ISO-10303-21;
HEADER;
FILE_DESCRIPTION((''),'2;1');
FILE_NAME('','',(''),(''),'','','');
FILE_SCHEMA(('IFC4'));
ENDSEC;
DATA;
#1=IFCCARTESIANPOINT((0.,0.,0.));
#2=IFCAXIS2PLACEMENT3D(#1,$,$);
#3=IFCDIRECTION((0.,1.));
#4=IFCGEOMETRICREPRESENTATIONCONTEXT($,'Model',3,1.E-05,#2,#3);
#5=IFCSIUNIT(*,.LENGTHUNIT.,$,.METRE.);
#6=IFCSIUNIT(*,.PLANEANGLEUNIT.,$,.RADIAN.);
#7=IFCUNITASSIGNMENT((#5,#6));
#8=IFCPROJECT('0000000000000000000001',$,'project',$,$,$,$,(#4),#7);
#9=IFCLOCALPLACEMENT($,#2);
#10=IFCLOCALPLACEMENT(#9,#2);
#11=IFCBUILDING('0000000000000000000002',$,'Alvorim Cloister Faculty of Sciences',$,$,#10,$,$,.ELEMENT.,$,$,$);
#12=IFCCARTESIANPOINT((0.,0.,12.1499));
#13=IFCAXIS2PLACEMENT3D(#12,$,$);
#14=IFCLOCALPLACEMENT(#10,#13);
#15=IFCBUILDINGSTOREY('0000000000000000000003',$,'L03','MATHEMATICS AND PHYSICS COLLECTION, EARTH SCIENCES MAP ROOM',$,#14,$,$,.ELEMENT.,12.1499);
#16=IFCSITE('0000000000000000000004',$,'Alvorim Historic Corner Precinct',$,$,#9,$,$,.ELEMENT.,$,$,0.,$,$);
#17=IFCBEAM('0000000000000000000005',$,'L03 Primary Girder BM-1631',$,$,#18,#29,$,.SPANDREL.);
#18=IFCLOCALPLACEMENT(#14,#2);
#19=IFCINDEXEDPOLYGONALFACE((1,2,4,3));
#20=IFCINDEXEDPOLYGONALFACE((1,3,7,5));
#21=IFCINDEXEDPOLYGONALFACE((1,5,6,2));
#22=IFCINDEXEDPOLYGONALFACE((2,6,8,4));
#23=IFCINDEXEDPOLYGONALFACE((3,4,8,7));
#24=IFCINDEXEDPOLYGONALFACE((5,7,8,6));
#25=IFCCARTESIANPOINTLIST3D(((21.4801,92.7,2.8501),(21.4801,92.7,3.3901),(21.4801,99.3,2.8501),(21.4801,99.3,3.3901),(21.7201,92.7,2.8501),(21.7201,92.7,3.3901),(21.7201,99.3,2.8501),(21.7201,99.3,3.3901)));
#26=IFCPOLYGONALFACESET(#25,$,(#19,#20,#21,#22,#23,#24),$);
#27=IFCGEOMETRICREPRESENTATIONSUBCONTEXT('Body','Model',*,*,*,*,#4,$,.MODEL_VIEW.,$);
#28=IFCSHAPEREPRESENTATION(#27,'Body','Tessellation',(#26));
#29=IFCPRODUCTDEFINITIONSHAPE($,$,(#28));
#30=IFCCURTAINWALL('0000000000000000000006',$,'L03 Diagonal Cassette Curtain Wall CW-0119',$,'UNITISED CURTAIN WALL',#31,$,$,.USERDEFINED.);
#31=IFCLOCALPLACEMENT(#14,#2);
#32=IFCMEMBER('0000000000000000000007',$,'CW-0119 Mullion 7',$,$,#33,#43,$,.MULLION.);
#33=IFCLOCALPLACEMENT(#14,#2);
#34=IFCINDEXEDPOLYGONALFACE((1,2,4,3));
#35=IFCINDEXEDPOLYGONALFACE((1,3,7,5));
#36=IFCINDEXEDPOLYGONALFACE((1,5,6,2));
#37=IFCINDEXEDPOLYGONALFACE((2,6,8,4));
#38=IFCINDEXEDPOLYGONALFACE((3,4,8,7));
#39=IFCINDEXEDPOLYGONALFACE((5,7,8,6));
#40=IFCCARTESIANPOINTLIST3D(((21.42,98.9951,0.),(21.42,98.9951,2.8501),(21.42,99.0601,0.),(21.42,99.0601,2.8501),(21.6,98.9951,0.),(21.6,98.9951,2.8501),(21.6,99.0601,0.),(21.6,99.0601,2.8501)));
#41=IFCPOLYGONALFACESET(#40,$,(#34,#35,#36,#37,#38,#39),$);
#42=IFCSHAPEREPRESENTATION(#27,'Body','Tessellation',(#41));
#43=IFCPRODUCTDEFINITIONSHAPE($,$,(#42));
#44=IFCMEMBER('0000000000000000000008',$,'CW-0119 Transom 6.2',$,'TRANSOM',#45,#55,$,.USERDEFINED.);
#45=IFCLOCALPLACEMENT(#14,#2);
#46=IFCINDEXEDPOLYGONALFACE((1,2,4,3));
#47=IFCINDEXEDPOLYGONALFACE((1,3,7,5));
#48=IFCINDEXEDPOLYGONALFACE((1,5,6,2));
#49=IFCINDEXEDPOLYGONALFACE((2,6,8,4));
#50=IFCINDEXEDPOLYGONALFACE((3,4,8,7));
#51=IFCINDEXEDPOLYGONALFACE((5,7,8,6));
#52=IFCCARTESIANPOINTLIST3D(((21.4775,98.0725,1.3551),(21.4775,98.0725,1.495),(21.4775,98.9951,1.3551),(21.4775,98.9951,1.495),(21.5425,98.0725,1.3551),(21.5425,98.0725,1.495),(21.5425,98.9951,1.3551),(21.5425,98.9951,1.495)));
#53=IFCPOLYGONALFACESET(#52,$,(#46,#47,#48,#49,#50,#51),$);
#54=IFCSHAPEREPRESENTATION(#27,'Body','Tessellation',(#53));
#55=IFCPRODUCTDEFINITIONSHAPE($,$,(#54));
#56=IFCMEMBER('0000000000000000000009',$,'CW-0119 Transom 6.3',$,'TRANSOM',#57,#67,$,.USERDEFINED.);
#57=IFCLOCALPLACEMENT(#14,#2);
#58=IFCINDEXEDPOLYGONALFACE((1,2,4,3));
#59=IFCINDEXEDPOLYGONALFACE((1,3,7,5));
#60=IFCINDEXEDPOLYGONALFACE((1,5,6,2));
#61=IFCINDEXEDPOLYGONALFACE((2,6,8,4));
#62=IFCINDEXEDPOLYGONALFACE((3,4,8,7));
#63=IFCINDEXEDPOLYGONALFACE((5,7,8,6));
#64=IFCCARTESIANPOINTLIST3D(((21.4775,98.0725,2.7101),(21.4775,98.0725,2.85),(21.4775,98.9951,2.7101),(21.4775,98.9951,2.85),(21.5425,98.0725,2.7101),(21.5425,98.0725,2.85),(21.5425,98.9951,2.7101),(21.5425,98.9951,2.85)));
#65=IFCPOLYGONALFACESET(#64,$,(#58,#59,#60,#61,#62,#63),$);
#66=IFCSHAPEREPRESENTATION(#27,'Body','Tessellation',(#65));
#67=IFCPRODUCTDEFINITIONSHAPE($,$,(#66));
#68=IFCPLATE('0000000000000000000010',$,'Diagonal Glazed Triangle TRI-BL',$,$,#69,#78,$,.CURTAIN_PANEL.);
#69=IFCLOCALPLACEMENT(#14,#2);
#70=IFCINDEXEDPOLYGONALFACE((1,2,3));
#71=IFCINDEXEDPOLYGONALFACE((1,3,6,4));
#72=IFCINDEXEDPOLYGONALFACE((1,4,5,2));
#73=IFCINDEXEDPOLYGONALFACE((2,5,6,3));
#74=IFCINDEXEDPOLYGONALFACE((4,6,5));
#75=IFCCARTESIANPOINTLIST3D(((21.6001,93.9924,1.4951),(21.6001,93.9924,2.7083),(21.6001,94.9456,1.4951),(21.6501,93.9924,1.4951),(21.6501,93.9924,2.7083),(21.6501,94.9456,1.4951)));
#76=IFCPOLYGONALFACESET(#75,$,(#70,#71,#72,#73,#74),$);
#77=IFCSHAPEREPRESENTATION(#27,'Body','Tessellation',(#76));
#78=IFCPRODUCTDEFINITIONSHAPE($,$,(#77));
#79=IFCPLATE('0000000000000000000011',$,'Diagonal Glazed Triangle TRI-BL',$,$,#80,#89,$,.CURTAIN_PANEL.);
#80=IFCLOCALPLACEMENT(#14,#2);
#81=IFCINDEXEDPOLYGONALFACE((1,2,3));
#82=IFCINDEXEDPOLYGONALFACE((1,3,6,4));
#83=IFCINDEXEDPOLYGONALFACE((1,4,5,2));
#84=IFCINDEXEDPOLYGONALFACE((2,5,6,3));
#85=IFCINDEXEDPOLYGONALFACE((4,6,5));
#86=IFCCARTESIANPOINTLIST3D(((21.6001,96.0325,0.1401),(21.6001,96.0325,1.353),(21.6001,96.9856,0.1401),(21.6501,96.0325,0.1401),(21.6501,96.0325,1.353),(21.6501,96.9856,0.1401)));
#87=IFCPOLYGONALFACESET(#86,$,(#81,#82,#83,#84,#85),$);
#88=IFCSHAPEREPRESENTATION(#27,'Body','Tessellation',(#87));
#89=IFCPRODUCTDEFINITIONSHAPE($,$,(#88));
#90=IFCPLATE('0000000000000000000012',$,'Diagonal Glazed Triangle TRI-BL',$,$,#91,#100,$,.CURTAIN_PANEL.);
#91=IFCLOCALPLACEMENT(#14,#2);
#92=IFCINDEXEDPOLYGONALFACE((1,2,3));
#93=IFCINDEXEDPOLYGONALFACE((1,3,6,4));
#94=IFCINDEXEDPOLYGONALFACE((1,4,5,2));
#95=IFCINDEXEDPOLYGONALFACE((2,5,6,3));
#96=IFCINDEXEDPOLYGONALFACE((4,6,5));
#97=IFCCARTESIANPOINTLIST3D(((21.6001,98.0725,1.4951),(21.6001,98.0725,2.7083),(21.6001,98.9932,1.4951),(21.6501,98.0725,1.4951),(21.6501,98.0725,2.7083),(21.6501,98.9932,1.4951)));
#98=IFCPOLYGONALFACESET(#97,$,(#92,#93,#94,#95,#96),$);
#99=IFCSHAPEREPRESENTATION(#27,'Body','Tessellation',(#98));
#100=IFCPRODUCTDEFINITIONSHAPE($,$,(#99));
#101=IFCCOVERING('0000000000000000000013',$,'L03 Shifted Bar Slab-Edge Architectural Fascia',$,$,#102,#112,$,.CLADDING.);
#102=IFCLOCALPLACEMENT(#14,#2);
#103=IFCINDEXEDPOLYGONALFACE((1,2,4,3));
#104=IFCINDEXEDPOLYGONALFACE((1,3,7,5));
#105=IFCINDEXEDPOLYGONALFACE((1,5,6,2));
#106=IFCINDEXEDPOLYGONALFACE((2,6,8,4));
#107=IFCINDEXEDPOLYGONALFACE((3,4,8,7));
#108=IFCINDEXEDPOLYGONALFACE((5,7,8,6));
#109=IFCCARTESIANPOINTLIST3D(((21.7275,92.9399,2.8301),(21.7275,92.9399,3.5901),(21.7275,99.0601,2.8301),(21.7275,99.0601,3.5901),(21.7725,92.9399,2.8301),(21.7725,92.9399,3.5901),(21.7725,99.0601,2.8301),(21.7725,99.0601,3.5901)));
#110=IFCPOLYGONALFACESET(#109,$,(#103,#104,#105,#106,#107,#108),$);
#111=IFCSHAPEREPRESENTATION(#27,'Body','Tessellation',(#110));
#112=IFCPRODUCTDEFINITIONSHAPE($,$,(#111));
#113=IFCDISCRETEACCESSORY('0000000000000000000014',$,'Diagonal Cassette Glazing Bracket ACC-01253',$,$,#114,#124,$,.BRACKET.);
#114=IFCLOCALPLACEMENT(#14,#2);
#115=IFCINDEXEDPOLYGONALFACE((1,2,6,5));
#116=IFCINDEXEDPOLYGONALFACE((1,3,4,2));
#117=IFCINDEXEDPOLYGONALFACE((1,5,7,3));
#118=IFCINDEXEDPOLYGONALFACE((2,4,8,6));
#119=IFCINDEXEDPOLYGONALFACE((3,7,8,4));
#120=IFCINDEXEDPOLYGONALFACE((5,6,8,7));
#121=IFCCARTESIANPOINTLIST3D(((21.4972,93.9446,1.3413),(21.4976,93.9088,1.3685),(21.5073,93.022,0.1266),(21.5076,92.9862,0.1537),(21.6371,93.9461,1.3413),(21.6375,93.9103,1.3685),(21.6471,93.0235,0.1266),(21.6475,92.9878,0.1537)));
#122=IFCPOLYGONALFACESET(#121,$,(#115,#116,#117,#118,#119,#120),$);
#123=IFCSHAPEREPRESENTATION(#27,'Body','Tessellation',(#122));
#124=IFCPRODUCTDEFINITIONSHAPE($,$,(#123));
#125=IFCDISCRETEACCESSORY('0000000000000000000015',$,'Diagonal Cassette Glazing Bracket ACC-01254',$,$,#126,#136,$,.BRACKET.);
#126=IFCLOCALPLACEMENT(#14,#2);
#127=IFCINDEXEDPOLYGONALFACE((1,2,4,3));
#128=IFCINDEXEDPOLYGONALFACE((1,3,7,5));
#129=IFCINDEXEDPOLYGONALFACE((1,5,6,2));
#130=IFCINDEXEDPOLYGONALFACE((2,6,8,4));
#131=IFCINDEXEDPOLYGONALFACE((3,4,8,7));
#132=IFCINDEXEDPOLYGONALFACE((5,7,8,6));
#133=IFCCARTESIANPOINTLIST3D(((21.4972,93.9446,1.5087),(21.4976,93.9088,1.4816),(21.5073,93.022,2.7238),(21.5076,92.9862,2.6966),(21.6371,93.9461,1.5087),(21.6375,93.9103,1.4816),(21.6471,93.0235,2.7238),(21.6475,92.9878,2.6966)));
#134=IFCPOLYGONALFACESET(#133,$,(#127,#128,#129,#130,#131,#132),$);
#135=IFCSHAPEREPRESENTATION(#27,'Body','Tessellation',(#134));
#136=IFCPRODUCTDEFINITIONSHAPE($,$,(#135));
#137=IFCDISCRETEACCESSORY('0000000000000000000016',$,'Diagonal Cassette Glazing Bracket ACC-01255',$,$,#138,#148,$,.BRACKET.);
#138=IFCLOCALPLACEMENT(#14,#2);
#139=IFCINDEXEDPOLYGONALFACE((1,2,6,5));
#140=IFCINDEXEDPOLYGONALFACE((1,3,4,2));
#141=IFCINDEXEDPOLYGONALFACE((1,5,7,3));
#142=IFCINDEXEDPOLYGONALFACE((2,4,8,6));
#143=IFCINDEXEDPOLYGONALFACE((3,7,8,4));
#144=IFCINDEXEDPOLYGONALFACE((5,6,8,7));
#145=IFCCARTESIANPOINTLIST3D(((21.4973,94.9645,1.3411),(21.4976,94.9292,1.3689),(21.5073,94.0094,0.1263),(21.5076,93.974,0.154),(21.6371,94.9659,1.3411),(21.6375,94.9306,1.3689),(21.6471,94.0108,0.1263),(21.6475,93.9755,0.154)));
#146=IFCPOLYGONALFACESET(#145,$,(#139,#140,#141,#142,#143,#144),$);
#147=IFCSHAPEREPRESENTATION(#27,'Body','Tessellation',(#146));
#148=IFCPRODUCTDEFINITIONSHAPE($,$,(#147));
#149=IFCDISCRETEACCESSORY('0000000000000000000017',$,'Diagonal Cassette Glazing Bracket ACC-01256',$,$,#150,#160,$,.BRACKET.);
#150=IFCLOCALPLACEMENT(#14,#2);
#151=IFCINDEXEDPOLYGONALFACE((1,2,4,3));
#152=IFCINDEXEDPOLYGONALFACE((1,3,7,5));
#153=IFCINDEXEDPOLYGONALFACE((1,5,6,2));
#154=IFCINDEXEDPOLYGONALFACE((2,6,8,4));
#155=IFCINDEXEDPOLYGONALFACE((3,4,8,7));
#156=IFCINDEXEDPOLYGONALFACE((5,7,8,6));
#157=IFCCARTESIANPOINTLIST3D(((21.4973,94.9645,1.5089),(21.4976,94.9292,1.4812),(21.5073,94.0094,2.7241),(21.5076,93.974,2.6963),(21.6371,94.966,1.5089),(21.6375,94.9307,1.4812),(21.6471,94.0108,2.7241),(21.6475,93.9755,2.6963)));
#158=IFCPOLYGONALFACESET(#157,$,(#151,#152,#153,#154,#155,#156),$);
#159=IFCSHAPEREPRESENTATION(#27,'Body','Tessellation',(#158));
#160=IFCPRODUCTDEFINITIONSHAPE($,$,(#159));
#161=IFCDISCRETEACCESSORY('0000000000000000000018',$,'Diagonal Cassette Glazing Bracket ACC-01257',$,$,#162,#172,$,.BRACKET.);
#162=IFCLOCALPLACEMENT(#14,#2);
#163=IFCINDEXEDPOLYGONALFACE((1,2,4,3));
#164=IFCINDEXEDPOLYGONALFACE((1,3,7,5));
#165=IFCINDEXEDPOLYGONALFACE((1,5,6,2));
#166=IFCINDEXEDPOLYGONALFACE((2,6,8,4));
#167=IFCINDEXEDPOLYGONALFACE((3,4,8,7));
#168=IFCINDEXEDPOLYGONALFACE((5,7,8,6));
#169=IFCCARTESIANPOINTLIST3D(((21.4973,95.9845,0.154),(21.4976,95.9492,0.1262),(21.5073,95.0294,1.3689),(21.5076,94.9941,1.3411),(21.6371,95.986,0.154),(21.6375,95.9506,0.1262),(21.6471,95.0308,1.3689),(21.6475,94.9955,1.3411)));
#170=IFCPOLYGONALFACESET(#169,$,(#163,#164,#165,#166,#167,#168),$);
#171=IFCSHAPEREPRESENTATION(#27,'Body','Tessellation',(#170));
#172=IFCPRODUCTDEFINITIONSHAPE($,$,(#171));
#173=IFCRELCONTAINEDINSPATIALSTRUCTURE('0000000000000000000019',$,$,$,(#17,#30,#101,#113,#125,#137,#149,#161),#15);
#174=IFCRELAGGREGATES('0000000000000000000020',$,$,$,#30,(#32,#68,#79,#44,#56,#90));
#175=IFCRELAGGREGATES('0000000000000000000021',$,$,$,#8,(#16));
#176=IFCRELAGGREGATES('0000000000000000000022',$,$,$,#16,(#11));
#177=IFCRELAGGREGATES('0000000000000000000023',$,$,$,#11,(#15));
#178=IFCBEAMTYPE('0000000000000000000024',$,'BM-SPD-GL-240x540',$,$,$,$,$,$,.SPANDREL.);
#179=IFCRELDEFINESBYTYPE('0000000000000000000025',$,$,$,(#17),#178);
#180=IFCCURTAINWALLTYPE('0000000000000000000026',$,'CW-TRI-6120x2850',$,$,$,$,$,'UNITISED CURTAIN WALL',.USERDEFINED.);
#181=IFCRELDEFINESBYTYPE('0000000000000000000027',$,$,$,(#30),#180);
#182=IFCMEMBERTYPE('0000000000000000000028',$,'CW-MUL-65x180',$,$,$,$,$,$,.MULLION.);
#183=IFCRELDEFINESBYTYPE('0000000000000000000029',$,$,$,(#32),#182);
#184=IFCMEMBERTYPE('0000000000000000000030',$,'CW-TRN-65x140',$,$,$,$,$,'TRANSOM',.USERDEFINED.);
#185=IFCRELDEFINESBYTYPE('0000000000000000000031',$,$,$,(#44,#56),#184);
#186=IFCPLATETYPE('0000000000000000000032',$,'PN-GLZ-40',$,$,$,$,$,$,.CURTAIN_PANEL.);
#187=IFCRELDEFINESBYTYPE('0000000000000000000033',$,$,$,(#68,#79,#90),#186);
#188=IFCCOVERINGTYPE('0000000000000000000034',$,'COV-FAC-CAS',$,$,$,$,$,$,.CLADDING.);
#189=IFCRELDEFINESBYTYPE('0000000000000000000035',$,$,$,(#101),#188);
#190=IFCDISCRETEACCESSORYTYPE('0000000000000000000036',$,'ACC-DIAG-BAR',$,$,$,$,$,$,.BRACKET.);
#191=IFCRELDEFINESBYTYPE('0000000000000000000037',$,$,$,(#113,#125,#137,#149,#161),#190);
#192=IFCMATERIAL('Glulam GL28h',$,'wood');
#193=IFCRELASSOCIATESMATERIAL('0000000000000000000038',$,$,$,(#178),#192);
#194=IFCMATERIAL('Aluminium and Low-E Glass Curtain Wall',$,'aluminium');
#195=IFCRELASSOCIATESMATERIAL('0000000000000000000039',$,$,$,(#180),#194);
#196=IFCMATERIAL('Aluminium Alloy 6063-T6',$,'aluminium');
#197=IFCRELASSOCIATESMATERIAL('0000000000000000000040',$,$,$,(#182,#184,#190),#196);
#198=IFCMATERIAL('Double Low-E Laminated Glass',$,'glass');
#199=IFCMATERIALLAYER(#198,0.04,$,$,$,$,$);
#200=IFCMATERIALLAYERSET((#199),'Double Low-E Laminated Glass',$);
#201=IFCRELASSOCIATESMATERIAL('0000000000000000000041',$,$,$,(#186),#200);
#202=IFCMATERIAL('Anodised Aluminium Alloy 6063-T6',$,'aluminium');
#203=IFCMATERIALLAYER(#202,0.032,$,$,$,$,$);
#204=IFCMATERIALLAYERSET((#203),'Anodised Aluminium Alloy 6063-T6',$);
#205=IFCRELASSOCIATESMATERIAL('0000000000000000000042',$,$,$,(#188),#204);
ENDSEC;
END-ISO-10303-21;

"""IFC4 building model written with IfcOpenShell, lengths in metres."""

from ifc_helpers import new_model, si_unit, direction, frame, origin, origin_2d, place, context, subcontext, project, spatial, polyline, rectangle, outline, extrude, material, layer, layer_set, material_profile, profile_set, type_object, element, aggregate, save


model = new_model("IFC4")

# Units and contexts
model_context = context("Model", 3, precision=1e-05, world=origin(), true_north=direction((0.0, 1.0)))
body_context = subcontext(model_context, "Body", "Model", "MODEL_VIEW")
ifc_project = project(units=[si_unit("LENGTHUNIT", "METRE"), si_unit("PLANEANGLEUNIT", "RADIAN")], contexts=[model_context])

# Site, building, storey
site_placement = place(None, origin())
site = spatial("IfcSite", under=ifc_project, at=site_placement, Name="Alvorim Historic Corner Precinct", CompositionType="ELEMENT", RefElevation=0.0)
building_placement = place(site_placement, origin())
building = spatial("IfcBuilding", under=site, at=building_placement, Name="Alvorim Cloister Faculty of Sciences", CompositionType="ELEMENT")
storey_placement = place(building_placement, frame((0.0, 0.0, 12.1499)))
storey = spatial("IfcBuildingStorey", under=building, at=storey_placement, Name="L03", Description="MATHEMATICS AND PHYSICS COLLECTION, EARTH SCIENCES MAP ROOM", CompositionType="ELEMENT", Elevation=12.1499)

# Beam
ifc_material_1 = material(Name="Glulam GL28h", Category="wood")
ifc_material_profile_1 = material_profile(ifc_material_1, rectangle(XDim=0.24, YDim=0.54, at=origin_2d()), Name="GL28-SPD-240x540")
ifc_profile_set_1 = profile_set([ifc_material_profile_1], Name="Glulam GL28h")
beam_type = type_object("IfcBeamType", Name="BM-SPD-GL-240x540", PredefinedType="SPANDREL", material=ifc_profile_set_1)
beam_placement = place(storey_placement, frame((21.6001, 92.7, 3.1201), z_axis=(0.0, 1.0, 0.0), x_axis=(-1.0, 0.0, 0.0)))
element("IfcBeam", 1, at=beam_placement, inside=storey, type_object=beam_type, Name="L03 Primary Girder BM-1631", PredefinedType="SPANDREL", context=body_context, shape_type="SweptSolid", body=[
    extrude(rectangle(XDim=0.24, YDim=0.54, at=origin_2d()), origin(), (0.0, 0.0, 1.0), 6.6001),
])

# Curtain wall, members, plates
ifc_material_2 = material(Name="Aluminium and Low-E Glass Curtain Wall", Category="aluminium")
curtain_wall_type = type_object("IfcCurtainWallType", Name="CW-TRI-6120x2850", ElementType="UNITISED CURTAIN WALL", PredefinedType="USERDEFINED", material=ifc_material_2)
curtain_wall_placement = place(storey_placement, origin())
curtain_wall = element("IfcCurtainWall", 2, at=curtain_wall_placement, inside=storey, type_object=curtain_wall_type, Name="L03 Diagonal Cassette Curtain Wall CW-0119", ObjectType="UNITISED CURTAIN WALL", PredefinedType="USERDEFINED")
ifc_material_3 = material(Name="Aluminium Alloy 6063-T6", Category="aluminium")
ifc_material_profile_2 = material_profile(ifc_material_3, rectangle(XDim=0.0649, YDim=0.1799, at=origin_2d()), Name="ALU-MUL-65x180")
ifc_profile_set_2 = profile_set([ifc_material_profile_2], Name="Aluminium Alloy 6063-T6")
member_type_1 = type_object("IfcMemberType", Name="CW-MUL-65x180", PredefinedType="MULLION", material=ifc_profile_set_2)
member_1_placement = place(storey_placement, frame((21.51, 99.0276, 0.0), z_axis=(0.0, 0.0, 1.0), x_axis=(0.0, 1.0, 0.0)))
member_1 = element("IfcMember", 3, at=member_1_placement, type_object=member_type_1, Name="CW-0119 Mullion 7", PredefinedType="MULLION", context=body_context, shape_type="SweptSolid", body=[
    extrude(rectangle(XDim=0.0649, YDim=0.1799, at=origin_2d()), origin(), (0.0, 0.0, 1.0), 2.8501),
])
ifc_material_profile_3 = material_profile(ifc_material_3, rectangle(XDim=0.0649, YDim=0.1399, at=origin_2d()), Name="ALU-TRN-65x140")
ifc_profile_set_3 = profile_set([ifc_material_profile_3], Name="Aluminium Alloy 6063-T6")
member_type_2 = type_object("IfcMemberType", Name="CW-TRN-65x140", ElementType="TRANSOM", PredefinedType="USERDEFINED", material=ifc_profile_set_3)
member_2_placement = place(storey_placement, frame((21.51, 98.0725, 1.425), z_axis=(0.0, 1.0, 0.0), x_axis=(-1.0, 0.0, 0.0)))
member_2 = element("IfcMember", 4, at=member_2_placement, type_object=member_type_2, Name="CW-0119 Transom 6.2", ObjectType="TRANSOM", PredefinedType="USERDEFINED", context=body_context, shape_type="SweptSolid", body=[
    extrude(rectangle(XDim=0.0649, YDim=0.1399, at=origin_2d()), origin(), (0.0, 0.0, 1.0), 0.9226),
])
member_3_placement = place(storey_placement, frame((21.51, 98.0725, 2.78), z_axis=(0.0, 1.0, 0.0), x_axis=(-1.0, 0.0, 0.0)))
member_3 = element("IfcMember", 5, at=member_3_placement, type_object=member_type_2, Name="CW-0119 Transom 6.3", ObjectType="TRANSOM", PredefinedType="USERDEFINED", context=body_context, shape_type="SweptSolid", body=[
    extrude(rectangle(XDim=0.0649, YDim=0.1399, at=origin_2d()), origin(), (0.0, 0.0, 1.0), 0.9226),
])
ifc_material_4 = material(Name="Double Low-E Laminated Glass", Category="glass")
ifc_layer_1 = layer(ifc_material_4, 0.04)
ifc_layer_set_1 = layer_set([ifc_layer_1], Name="Double Low-E Laminated Glass")
plate_type = type_object("IfcPlateType", Name="PN-GLZ-40", PredefinedType="CURTAIN_PANEL", material=ifc_layer_set_1)
plate_1_placement = place(storey_placement, frame((21.625, 93.9924, 1.4951), z_axis=(0.0, 0.0, 1.0), x_axis=(0.0, 1.0, 0.0)))
plate_1 = element("IfcPlate", 6, at=plate_1_placement, type_object=plate_type, Name="Diagonal Glazed Triangle TRI-BL", PredefinedType="CURTAIN_PANEL", context=body_context, shape_type="SweptSolid", body=[
    extrude(outline(polyline([(0.0, 0.0), (0.9531, 0.0), (0.0, 1.2131), (0.0, 0.0)])), frame((0.0, 0.0249, 0.0), z_axis=(0.0, -1.0, 0.0), x_axis=(1.0, 0.0, 0.0)), (0.0, 0.0, 1.0), 0.05),
])
plate_2_placement = place(storey_placement, frame((21.625, 96.0325, 0.1401), z_axis=(0.0, 0.0, 1.0), x_axis=(0.0, 1.0, 0.0)))
plate_2 = element("IfcPlate", 7, at=plate_2_placement, type_object=plate_type, Name="Diagonal Glazed Triangle TRI-BL", PredefinedType="CURTAIN_PANEL", context=body_context, shape_type="SweptSolid", body=[
    extrude(outline(polyline([(0.0, 0.0), (0.9531, 0.0), (0.0, 1.2129), (0.0, 0.0)])), frame((0.0, 0.0249, 0.0), z_axis=(0.0, -1.0, 0.0), x_axis=(1.0, 0.0, 0.0)), (0.0, 0.0, 1.0), 0.05),
])
plate_3_placement = place(storey_placement, frame((21.625, 98.0725, 1.4951), z_axis=(0.0, 0.0, 1.0), x_axis=(0.0, 1.0, 0.0)))
plate_3 = element("IfcPlate", 8, at=plate_3_placement, type_object=plate_type, Name="Diagonal Glazed Triangle TRI-BL", PredefinedType="CURTAIN_PANEL", context=body_context, shape_type="SweptSolid", body=[
    extrude(outline(polyline([(0.0, 0.0), (0.9207, 0.0), (0.0, 1.2131), (0.0, 0.0)])), frame((0.0, 0.0249, 0.0), z_axis=(0.0, -1.0, 0.0), x_axis=(1.0, 0.0, 0.0)), (0.0, 0.0, 1.0), 0.05),
])
aggregate(curtain_wall, [member_1, plate_1, plate_2, member_2, member_3, plate_3])

# Covering
ifc_material_5 = material(Name="Anodised Aluminium Alloy 6063-T6", Category="aluminium")
ifc_layer_2 = layer(ifc_material_5, 0.032)
ifc_layer_set_2 = layer_set([ifc_layer_2], Name="Anodised Aluminium Alloy 6063-T6")
covering_type = type_object("IfcCoveringType", Name="COV-FAC-CAS", PredefinedType="CLADDING", material=ifc_layer_set_2)
covering_placement = place(storey_placement, frame((21.75, 92.9399, 2.8301), z_axis=(0.0, 0.0, 1.0), x_axis=(0.0, 1.0, 0.0)))
element("IfcCovering", 9, at=covering_placement, inside=storey, type_object=covering_type, Name="L03 Shifted Bar Slab-Edge Architectural Fascia", PredefinedType="CLADDING", context=body_context, shape_type="SweptSolid", body=[
    extrude(outline(polyline([(0.0, 0.0), (6.1201, 0.0), (6.1201, 0.76), (0.0, 0.76), (0.0, 0.0)])), frame((0.0, 0.0225, 0.0), z_axis=(0.0, -1.0, 0.0), x_axis=(1.0, 0.0, 0.0)), (0.0, 0.0, 1.0), 0.0449),
])

# Discrete accessories
discrete_accessory_type = type_object("IfcDiscreteAccessoryType", Name="ACC-DIAG-BAR", PredefinedType="BRACKET", material=ifc_material_3)
discrete_accessory_1_placement = place(storey_placement, frame((21.5774, 93.0049, 0.1401), z_axis=(-0.006562, 0.60479, 0.796358), x_axis=(-0.999941, -0.010849, 0.0)))
element("IfcDiscreteAccessory", 10, at=discrete_accessory_1_placement, inside=storey, type_object=discrete_accessory_type, Name="Diagonal Cassette Glazing Bracket ACC-01253", PredefinedType="BRACKET", context=body_context, shape_type="SweptSolid", body=[
    extrude(rectangle(XDim=0.1399, YDim=0.0449, at=origin_2d()), origin(), (0.0, 0.0, 1.0), 1.5254),
])
discrete_accessory_2_placement = place(storey_placement, frame((21.5774, 93.0049, 2.7102), z_axis=(-0.006561, 0.604713, -0.796416), x_axis=(-0.999941, -0.010849, 0.0)))
element("IfcDiscreteAccessory", 11, at=discrete_accessory_2_placement, inside=storey, type_object=discrete_accessory_type, Name="Diagonal Cassette Glazing Bracket ACC-01254", PredefinedType="BRACKET", context=body_context, shape_type="SweptSolid", body=[
    extrude(rectangle(XDim=0.1399, YDim=0.0449, at=origin_2d()), origin(), (0.0, 0.0, 1.0), 1.5256),
])
discrete_accessory_3_placement = place(storey_placement, frame((21.5774, 93.9924, 0.1401), z_axis=(-0.006477, 0.618032, 0.786126), x_axis=(-0.999945, -0.01048, 0.0)))
element("IfcDiscreteAccessory", 12, at=discrete_accessory_3_placement, inside=storey, type_object=discrete_accessory_type, Name="Diagonal Cassette Glazing Bracket ACC-01255", PredefinedType="BRACKET", context=body_context, shape_type="SweptSolid", body=[
    extrude(rectangle(XDim=0.1399, YDim=0.0449, at=origin_2d()), origin(), (0.0, 0.0, 1.0), 1.5454),
])
discrete_accessory_4_placement = place(storey_placement, frame((21.5774, 93.9924, 2.7102), z_axis=(-0.006477, 0.617955, -0.786187), x_axis=(-0.999945, -0.01048, 0.0)))
element("IfcDiscreteAccessory", 13, at=discrete_accessory_4_placement, inside=storey, type_object=discrete_accessory_type, Name="Diagonal Cassette Glazing Bracket ACC-01256", PredefinedType="BRACKET", context=body_context, shape_type="SweptSolid", body=[
    extrude(rectangle(XDim=0.1399, YDim=0.0449, at=origin_2d()), origin(), (0.0, 0.0, 1.0), 1.5457),
])
discrete_accessory_5_placement = place(storey_placement, frame((21.5774, 95.0125, 1.355), z_axis=(-0.006477, 0.618032, -0.786126), x_axis=(-0.999945, -0.01048, 0.0)))
element("IfcDiscreteAccessory", 14, at=discrete_accessory_5_placement, inside=storey, type_object=discrete_accessory_type, Name="Diagonal Cassette Glazing Bracket ACC-01257", PredefinedType="BRACKET", context=body_context, shape_type="SweptSolid", body=[
    extrude(rectangle(XDim=0.1399, YDim=0.0449, at=origin_2d()), origin(), (0.0, 0.0, 1.0), 1.5454),
])

save(model, "model.ifc")
